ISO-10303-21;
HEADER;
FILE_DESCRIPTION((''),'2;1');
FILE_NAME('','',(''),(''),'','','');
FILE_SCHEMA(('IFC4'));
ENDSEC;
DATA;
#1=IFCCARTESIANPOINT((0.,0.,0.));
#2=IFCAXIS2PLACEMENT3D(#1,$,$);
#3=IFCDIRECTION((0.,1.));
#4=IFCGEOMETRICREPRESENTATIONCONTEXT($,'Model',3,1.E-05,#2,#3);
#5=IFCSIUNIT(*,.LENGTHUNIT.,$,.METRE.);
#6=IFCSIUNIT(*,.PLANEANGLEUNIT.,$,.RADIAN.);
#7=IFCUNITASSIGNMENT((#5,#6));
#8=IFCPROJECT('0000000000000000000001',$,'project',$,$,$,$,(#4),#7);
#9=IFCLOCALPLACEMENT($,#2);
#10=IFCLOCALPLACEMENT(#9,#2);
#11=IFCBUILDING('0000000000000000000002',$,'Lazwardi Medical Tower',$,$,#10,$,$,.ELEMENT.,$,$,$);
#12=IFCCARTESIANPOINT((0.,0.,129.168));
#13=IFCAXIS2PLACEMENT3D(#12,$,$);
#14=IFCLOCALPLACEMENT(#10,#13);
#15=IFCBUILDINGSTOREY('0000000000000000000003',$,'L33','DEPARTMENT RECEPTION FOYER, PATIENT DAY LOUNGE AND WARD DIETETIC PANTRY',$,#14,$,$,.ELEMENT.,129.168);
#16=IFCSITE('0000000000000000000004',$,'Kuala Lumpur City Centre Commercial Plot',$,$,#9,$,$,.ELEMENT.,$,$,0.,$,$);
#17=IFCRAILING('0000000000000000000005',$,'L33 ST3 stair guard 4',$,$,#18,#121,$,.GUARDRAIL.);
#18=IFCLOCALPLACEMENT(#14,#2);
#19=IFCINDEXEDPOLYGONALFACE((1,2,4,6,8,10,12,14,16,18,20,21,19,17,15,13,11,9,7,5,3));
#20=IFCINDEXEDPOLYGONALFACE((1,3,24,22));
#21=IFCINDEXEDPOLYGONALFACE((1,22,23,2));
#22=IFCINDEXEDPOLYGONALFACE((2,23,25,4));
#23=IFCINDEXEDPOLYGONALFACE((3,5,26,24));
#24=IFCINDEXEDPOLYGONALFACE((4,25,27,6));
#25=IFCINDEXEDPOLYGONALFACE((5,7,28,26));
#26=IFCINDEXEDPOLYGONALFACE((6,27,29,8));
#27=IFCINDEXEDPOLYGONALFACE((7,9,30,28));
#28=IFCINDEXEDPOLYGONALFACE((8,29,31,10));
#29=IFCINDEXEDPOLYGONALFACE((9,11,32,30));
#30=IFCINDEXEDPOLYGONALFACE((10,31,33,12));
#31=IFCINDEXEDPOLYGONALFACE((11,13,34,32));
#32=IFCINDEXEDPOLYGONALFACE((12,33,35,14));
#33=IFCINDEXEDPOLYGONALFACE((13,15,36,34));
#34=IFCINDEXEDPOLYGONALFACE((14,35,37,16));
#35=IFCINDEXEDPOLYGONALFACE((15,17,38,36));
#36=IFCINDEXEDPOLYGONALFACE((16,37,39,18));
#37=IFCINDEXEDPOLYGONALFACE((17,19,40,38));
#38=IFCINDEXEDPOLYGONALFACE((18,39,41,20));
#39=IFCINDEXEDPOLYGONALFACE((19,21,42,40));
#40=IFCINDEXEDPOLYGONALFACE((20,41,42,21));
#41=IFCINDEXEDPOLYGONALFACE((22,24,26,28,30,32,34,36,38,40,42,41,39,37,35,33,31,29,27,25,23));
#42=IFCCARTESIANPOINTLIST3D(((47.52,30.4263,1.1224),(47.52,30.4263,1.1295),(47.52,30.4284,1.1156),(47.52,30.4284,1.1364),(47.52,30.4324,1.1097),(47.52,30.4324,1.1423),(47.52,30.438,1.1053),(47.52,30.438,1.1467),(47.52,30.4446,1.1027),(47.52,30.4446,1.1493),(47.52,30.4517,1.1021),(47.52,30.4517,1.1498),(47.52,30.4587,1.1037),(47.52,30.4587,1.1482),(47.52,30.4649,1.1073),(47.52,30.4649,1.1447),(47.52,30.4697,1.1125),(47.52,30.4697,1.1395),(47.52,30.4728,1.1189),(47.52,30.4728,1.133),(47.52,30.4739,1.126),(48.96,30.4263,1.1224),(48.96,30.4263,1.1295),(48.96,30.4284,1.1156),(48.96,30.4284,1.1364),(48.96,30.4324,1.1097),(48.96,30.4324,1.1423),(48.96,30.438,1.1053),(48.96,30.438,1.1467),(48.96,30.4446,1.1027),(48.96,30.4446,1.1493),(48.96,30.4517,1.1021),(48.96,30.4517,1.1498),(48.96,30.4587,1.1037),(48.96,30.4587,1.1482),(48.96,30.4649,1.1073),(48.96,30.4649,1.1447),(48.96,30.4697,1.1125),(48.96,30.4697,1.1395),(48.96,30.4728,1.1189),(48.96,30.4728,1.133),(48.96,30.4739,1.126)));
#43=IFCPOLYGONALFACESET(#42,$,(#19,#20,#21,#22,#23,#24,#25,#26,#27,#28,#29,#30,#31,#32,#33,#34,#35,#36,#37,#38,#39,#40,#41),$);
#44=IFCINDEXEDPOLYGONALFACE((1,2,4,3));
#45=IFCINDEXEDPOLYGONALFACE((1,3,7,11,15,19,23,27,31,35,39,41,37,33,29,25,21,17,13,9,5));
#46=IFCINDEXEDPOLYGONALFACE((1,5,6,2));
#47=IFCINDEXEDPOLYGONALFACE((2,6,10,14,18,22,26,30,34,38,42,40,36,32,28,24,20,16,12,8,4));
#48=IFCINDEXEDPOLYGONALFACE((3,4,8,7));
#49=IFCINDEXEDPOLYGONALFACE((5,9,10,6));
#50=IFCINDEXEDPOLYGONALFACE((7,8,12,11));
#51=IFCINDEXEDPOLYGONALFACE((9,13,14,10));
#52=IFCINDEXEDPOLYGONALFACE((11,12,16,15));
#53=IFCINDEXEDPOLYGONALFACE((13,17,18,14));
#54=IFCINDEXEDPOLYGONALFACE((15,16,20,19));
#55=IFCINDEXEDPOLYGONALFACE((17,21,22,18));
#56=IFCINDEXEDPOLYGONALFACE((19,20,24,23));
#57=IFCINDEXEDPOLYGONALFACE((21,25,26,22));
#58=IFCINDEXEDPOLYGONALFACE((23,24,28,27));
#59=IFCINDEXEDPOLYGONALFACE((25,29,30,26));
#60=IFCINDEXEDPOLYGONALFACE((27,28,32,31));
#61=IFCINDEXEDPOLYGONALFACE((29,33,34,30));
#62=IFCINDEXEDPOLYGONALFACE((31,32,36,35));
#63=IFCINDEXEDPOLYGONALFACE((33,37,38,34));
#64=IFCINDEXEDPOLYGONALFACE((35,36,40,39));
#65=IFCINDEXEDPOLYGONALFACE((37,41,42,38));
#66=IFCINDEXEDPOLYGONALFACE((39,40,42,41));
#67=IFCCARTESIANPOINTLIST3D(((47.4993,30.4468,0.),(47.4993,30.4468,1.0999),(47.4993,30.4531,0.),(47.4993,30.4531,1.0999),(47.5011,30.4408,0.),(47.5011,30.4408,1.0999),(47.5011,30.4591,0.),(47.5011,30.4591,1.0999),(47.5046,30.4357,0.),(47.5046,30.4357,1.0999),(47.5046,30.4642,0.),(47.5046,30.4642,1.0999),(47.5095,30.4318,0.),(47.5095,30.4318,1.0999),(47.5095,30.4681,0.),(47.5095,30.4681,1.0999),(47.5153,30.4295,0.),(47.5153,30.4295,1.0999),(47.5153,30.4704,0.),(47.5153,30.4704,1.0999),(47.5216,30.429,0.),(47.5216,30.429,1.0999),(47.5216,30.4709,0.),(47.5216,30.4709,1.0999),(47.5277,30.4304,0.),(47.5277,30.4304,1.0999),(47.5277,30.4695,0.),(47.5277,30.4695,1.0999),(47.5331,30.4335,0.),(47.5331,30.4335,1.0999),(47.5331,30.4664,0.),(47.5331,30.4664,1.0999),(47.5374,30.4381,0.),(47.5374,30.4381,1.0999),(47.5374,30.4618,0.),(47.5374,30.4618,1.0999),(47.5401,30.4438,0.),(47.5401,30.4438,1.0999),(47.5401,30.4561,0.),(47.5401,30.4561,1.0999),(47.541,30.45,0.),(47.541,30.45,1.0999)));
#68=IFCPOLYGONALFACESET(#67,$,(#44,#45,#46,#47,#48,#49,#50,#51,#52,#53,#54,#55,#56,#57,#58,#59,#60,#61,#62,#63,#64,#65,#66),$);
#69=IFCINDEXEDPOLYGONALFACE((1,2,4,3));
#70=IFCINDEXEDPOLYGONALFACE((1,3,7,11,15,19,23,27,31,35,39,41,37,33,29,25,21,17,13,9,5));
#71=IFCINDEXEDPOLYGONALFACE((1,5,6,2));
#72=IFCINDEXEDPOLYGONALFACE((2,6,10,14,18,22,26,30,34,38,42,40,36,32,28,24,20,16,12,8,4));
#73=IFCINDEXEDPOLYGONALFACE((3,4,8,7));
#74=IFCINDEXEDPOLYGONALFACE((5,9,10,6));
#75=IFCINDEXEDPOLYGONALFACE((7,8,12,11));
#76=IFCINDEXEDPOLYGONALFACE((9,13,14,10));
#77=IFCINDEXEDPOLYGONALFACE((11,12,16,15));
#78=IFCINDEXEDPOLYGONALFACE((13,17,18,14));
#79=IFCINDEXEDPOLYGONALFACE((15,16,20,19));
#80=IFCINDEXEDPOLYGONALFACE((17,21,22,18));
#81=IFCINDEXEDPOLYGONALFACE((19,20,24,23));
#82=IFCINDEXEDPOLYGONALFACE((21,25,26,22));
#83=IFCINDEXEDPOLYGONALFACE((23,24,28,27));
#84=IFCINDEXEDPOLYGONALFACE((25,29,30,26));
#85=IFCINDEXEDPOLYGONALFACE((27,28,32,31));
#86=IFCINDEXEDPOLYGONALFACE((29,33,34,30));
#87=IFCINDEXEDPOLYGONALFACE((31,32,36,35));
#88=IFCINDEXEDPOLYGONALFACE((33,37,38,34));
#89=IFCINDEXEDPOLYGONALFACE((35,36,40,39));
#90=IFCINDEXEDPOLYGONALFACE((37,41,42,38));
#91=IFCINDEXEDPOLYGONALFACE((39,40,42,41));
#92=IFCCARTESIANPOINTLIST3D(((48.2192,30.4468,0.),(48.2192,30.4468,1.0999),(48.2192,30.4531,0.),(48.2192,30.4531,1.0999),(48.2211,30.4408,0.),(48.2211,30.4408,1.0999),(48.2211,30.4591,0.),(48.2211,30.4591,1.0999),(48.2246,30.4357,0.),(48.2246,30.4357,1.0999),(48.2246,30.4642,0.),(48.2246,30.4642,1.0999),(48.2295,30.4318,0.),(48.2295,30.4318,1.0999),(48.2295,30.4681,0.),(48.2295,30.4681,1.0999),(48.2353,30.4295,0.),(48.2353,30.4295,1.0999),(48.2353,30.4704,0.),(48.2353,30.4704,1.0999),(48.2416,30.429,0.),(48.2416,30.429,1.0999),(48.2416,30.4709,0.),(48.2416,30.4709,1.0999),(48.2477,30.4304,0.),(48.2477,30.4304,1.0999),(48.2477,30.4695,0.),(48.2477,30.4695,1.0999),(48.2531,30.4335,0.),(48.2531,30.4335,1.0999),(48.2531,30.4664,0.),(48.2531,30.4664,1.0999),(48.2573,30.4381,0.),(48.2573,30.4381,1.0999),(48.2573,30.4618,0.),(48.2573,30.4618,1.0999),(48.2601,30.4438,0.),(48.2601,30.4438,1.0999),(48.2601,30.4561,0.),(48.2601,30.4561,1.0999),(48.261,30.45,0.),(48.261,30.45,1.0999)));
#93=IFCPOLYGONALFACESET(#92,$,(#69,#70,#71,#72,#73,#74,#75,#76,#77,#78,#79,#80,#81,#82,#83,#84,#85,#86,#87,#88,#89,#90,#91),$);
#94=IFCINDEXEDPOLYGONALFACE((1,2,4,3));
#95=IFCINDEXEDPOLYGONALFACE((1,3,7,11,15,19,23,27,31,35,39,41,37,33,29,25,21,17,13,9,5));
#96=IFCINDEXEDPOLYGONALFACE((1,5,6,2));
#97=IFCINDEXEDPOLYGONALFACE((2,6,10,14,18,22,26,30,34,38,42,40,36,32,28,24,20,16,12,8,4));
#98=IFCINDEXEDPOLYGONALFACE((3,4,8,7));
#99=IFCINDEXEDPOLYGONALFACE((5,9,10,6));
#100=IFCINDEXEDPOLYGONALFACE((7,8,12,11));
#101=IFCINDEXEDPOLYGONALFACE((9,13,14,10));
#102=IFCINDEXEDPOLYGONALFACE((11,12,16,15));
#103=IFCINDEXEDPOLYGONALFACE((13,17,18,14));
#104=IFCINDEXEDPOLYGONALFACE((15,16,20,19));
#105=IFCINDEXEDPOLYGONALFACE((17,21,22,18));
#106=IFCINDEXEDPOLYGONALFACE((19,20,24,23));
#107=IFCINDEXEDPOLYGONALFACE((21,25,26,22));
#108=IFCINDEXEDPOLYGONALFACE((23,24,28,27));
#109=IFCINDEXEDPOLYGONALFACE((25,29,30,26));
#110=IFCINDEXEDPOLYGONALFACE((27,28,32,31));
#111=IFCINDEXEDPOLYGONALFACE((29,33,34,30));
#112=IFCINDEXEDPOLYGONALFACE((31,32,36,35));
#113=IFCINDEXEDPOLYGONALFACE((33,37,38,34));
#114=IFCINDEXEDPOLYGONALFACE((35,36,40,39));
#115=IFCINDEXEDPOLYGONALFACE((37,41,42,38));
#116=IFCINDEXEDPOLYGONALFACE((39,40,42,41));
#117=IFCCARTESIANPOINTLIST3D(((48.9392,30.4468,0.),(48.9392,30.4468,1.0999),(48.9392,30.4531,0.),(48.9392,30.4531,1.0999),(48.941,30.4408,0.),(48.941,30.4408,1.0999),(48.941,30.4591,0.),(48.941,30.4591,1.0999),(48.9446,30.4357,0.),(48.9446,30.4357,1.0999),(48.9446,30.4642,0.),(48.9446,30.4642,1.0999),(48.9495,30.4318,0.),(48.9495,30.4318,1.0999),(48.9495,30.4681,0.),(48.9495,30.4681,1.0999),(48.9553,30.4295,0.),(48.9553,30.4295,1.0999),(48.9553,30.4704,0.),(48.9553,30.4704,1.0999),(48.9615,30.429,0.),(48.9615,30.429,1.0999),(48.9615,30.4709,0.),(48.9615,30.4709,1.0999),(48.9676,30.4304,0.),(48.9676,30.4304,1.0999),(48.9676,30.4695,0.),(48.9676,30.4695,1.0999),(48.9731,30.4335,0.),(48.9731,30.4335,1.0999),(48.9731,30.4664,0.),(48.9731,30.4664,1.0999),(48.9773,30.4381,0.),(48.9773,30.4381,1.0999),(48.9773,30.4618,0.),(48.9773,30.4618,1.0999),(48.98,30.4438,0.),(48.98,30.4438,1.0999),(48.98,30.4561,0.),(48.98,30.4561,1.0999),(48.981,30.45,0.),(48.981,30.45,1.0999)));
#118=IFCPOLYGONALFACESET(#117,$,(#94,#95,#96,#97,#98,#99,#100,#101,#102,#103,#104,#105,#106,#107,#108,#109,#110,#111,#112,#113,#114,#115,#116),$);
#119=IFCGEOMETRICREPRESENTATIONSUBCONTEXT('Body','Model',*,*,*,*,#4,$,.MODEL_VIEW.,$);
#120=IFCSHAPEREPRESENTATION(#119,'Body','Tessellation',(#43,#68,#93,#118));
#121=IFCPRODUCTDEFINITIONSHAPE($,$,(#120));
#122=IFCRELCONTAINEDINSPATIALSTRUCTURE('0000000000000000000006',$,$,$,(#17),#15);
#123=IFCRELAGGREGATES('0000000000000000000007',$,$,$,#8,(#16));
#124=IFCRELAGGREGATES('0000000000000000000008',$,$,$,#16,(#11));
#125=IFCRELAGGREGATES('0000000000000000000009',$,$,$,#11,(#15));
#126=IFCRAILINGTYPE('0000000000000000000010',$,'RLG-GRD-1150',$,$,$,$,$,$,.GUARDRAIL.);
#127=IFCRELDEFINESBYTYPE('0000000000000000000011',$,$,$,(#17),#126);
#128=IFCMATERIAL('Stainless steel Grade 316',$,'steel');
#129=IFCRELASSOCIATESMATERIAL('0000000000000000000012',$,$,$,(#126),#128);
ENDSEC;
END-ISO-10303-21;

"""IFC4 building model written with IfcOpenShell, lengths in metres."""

from ifc_helpers import new_model, si_unit, direction, frame, origin, origin_2d, place, context, subcontext, project, spatial, circle, extrude, material, type_object, element, save


model = new_model("IFC4")

# Units and contexts
model_context = context("Model", 3, precision=1e-05, world=origin(), true_north=direction((0.0, 1.0)))
body_context = subcontext(model_context, "Body", "Model", "MODEL_VIEW")
ifc_project = project(units=[si_unit("LENGTHUNIT", "METRE"), si_unit("PLANEANGLEUNIT", "RADIAN")], contexts=[model_context])

# Site, building, storey
site_placement = place(None, origin())
site = spatial("IfcSite", under=ifc_project, at=site_placement, Name="Kuala Lumpur City Centre Commercial Plot", CompositionType="ELEMENT", RefElevation=0.0)
building_placement = place(site_placement, origin())
building = spatial("IfcBuilding", under=site, at=building_placement, Name="Lazwardi Medical Tower", CompositionType="ELEMENT")
storey_placement = place(building_placement, frame((0.0, 0.0, 129.168)))
storey = spatial("IfcBuildingStorey", under=building, at=storey_placement, Name="L33", Description="DEPARTMENT RECEPTION FOYER, PATIENT DAY LOUNGE AND WARD DIETETIC PANTRY", CompositionType="ELEMENT", Elevation=129.168)

# Railing
ifc_material_1 = material(Name="Stainless steel Grade 316", Category="steel")
railing_type_1 = type_object("IfcRailingType", Name="RLG-GRD-1150", PredefinedType="GUARDRAIL", material=ifc_material_1)
railing_1_placement = place(storey_placement, frame((47.52, 30.45, 0.0)))
element("IfcRailing", 1, at=railing_1_placement, inside=storey, type_object=railing_type_1, Name="L33 ST3 stair guard 4", PredefinedType="GUARDRAIL", context=body_context, shape_type="SweptSolid", body=[
    extrude(circle(Radius=0.0239, at=origin_2d()), frame((0.0, 0.0, 1.126), z_axis=(1.0, 0.0, 0.0), x_axis=(0.0, 1.0, 0.0)), (0.0, 0.0, 1.0), 1.4399),
    extrude(circle(Radius=0.021, at=origin_2d()), origin(), (0.0, 0.0, 1.0), 1.0999),
    extrude(circle(Radius=0.021, at=origin_2d()), frame((0.72, 0.0, 0.0)), (0.0, 0.0, 1.0), 1.0999),
    extrude(circle(Radius=0.021, at=origin_2d()), frame((1.4399, 0.0, 0.0)), (0.0, 0.0, 1.0), 1.0999),
])

save(model, "model.ifc")
